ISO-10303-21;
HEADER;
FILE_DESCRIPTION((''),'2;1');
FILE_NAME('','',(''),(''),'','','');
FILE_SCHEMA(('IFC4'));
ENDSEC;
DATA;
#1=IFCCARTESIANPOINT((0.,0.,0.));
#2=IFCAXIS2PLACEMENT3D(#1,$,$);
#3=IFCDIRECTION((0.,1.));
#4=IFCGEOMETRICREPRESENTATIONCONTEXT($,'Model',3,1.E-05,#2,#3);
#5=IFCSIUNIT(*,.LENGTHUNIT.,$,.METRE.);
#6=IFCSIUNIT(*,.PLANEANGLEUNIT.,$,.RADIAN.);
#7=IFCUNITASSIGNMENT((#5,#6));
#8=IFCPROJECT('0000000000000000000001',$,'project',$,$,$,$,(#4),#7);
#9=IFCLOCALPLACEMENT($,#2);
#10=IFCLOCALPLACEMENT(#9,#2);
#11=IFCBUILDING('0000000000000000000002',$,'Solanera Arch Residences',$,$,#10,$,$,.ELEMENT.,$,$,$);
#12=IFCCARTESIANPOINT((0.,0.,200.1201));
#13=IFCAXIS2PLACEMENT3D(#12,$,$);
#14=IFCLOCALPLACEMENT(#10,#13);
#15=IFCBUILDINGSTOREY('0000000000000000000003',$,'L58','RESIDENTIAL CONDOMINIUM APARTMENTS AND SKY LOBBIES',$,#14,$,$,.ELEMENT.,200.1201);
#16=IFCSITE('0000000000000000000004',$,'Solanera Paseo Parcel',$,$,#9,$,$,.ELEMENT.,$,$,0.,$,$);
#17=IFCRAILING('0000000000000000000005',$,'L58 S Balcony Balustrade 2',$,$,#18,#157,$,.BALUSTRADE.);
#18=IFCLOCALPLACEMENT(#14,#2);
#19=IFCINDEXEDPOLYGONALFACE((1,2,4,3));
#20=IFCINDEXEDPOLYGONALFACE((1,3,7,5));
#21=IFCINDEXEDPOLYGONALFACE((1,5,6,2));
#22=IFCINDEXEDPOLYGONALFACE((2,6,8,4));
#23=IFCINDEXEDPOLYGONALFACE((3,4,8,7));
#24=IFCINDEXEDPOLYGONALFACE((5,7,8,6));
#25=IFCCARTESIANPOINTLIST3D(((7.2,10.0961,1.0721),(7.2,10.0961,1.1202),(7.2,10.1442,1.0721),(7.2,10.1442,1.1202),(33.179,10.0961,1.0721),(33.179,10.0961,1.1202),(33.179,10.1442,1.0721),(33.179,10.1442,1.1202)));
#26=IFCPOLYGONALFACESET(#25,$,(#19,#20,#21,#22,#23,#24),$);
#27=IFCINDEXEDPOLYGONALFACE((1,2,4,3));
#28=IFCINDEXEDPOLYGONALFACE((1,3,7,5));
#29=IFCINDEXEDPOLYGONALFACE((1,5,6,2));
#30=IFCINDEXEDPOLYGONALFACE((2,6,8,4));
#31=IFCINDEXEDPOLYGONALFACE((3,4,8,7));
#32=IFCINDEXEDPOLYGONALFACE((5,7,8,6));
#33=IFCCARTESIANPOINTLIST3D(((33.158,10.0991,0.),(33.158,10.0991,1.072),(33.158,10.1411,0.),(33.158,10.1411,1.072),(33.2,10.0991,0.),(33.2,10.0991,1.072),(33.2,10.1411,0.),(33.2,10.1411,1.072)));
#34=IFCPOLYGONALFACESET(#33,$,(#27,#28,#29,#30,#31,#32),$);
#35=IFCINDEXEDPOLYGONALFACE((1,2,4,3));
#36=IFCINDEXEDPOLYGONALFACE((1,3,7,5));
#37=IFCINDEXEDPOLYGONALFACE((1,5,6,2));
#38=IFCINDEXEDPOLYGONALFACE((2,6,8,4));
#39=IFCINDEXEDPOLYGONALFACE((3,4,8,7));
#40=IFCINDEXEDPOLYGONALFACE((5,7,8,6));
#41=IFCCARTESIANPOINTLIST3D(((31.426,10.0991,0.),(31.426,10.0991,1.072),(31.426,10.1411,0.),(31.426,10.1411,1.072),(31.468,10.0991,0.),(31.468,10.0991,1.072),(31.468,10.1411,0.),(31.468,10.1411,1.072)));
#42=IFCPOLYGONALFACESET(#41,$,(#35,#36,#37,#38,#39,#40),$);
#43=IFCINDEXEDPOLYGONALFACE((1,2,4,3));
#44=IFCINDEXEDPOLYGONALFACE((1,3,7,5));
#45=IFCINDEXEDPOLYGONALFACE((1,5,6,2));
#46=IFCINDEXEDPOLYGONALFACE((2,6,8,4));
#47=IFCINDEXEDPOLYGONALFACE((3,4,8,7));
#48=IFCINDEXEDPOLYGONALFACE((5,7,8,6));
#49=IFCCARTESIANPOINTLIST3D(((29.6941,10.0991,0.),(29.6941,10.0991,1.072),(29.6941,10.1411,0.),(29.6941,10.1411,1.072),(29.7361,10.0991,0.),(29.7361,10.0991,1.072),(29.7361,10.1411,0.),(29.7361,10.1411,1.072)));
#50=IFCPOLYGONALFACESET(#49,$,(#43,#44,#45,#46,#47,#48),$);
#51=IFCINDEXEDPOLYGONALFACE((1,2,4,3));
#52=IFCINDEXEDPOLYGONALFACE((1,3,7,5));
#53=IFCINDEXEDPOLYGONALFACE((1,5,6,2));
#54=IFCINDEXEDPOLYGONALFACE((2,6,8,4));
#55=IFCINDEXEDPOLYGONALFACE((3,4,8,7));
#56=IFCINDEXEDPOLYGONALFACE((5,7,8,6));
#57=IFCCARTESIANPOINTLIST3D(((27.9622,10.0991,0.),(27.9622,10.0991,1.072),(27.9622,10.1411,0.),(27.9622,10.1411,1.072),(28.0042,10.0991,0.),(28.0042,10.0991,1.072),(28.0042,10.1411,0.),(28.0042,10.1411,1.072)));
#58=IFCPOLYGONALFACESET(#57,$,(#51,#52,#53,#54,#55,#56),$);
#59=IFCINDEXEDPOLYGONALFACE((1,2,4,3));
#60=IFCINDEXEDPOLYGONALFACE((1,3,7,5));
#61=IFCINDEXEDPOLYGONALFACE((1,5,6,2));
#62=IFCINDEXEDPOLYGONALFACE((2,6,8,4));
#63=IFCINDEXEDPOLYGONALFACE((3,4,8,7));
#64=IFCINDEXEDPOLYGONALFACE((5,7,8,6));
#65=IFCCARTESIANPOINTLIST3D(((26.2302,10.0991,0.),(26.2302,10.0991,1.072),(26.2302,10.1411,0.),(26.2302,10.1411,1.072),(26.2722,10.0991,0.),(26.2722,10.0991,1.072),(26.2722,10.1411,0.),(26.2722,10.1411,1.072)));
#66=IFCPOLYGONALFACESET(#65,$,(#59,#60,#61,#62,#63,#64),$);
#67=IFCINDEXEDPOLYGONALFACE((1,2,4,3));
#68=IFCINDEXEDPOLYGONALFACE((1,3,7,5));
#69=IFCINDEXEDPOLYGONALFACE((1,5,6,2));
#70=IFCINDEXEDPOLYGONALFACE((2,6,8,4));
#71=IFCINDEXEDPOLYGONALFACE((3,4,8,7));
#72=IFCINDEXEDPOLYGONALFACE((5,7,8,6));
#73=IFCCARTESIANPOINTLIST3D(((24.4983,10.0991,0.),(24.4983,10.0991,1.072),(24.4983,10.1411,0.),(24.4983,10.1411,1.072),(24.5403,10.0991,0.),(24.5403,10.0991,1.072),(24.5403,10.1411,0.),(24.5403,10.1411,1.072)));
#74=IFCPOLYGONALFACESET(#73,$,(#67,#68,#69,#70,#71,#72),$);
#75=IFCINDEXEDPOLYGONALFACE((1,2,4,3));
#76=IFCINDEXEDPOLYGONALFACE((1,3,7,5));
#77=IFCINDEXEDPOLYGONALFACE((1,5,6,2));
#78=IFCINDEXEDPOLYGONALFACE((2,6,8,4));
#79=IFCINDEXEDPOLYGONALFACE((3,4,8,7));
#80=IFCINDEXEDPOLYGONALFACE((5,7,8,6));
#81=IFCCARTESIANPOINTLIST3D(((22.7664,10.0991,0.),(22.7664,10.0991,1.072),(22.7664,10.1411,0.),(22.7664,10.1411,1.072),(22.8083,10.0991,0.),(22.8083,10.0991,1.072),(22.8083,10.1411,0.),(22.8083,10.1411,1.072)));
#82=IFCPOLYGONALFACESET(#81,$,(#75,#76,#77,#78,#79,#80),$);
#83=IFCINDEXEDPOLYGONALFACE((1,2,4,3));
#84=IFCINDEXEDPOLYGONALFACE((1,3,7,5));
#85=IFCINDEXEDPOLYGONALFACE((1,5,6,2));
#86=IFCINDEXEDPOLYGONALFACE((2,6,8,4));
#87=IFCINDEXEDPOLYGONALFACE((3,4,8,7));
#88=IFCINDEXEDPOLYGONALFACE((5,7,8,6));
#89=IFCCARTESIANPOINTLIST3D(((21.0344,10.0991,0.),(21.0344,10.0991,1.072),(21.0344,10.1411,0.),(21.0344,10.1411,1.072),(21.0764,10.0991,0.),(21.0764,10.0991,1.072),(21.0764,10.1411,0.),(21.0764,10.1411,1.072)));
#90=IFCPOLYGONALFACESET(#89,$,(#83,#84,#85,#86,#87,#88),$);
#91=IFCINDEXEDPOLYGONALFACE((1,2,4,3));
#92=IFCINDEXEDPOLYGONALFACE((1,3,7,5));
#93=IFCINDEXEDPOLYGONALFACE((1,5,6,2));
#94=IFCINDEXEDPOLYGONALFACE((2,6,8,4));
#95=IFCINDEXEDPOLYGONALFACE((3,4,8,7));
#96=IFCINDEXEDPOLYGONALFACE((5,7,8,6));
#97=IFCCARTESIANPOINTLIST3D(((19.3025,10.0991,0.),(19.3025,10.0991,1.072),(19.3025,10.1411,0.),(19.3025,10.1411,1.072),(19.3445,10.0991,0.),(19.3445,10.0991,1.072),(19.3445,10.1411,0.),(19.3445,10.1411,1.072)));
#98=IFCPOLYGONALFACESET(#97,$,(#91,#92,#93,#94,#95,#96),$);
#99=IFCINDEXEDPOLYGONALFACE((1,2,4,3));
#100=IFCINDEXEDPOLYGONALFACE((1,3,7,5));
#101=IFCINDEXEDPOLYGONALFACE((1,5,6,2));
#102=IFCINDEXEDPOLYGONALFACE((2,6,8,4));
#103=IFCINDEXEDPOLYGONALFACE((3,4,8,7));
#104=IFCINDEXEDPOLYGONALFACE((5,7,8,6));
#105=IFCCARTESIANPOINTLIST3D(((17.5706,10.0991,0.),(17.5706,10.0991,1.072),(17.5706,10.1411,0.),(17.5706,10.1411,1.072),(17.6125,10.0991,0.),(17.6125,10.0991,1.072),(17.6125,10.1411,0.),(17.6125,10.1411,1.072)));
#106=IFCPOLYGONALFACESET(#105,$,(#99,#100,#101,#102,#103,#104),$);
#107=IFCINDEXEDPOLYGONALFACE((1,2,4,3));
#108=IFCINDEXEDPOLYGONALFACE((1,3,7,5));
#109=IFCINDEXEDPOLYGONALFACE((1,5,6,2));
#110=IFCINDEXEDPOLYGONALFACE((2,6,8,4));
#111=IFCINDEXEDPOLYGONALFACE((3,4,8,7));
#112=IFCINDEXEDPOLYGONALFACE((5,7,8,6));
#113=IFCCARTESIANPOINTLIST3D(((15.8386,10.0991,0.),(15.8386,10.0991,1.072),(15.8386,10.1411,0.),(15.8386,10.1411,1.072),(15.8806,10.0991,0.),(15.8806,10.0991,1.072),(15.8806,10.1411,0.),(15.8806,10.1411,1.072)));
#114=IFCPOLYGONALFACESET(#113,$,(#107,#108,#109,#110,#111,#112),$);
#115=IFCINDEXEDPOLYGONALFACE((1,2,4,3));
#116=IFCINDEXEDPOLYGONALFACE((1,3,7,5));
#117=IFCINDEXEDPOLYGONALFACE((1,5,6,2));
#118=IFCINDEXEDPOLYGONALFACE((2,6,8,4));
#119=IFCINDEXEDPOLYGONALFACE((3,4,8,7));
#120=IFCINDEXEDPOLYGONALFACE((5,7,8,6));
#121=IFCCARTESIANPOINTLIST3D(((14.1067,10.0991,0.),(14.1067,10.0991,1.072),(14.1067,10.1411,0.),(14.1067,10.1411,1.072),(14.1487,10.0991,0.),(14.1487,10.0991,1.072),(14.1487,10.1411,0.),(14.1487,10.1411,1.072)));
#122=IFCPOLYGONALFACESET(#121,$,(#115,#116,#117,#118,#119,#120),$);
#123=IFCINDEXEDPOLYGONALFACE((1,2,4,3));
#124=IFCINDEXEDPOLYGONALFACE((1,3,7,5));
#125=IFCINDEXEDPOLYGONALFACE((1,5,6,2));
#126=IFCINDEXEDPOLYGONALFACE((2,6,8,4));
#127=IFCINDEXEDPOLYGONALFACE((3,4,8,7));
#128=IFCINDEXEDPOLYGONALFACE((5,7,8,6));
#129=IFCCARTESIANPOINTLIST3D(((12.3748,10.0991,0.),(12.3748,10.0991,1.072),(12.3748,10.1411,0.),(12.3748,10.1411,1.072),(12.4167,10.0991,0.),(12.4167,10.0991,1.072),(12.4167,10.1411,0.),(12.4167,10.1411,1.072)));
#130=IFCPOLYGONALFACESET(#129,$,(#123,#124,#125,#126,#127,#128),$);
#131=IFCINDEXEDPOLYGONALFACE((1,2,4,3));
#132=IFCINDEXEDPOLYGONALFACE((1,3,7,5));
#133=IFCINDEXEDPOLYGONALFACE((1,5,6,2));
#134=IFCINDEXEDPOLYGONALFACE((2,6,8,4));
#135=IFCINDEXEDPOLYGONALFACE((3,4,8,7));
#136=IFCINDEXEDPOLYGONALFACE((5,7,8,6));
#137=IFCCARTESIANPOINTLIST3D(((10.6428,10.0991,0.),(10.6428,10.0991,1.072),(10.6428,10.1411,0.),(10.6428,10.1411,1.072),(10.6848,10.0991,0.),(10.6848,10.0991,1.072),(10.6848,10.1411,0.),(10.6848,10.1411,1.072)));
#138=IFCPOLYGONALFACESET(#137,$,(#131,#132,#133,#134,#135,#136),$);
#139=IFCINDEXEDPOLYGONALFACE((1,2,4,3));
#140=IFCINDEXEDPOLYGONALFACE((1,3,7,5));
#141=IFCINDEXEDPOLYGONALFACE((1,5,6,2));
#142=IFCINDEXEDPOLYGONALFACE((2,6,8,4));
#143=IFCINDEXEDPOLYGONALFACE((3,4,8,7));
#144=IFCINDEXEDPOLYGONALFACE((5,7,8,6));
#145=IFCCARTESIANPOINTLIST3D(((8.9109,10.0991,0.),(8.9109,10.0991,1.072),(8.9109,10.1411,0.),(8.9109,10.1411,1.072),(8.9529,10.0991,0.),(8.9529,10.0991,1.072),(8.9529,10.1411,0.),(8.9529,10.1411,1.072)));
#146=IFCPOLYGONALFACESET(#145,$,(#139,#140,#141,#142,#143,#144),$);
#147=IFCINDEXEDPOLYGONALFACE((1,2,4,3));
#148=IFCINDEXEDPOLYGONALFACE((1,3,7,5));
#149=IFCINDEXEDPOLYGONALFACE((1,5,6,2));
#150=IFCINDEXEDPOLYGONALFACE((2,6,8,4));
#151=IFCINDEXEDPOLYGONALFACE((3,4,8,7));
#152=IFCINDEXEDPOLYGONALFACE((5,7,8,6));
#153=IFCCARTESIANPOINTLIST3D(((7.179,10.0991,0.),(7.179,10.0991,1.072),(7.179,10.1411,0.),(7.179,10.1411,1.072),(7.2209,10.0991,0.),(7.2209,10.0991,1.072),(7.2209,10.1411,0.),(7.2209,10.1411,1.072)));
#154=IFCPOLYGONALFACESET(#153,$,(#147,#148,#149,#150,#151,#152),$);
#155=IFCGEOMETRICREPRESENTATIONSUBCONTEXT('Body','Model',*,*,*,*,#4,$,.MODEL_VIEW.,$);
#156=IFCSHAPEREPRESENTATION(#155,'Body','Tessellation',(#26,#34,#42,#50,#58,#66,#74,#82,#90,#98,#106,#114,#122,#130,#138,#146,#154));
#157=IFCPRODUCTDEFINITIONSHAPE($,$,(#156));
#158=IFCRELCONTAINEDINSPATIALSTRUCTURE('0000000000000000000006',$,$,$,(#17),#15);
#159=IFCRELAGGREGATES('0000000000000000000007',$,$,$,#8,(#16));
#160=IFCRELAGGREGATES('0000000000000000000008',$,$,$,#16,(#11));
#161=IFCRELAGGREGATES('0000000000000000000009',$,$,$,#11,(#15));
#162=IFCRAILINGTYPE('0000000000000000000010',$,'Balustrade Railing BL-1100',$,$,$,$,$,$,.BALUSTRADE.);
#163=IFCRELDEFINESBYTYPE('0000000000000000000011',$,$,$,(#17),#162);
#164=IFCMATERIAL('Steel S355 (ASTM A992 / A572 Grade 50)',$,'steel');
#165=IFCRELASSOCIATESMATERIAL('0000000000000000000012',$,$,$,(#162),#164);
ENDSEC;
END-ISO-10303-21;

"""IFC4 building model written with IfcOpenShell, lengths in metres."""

from ifc_helpers import new_model, si_unit, direction, frame, origin, origin_2d, place, context, subcontext, project, spatial, rectangle, extrude, material, type_object, element, save


model = new_model("IFC4")

# Units and contexts
model_context = context("Model", 3, precision=1e-05, world=origin(), true_north=direction((0.0, 1.0)))
body_context = subcontext(model_context, "Body", "Model", "MODEL_VIEW")
ifc_project = project(units=[si_unit("LENGTHUNIT", "METRE"), si_unit("PLANEANGLEUNIT", "RADIAN")], contexts=[model_context])

# Site, building, storey
site_placement = place(None, origin())
site = spatial("IfcSite", under=ifc_project, at=site_placement, Name="Solanera Paseo Parcel", CompositionType="ELEMENT", RefElevation=0.0)
building_placement = place(site_placement, origin())
building = spatial("IfcBuilding", under=site, at=building_placement, Name="Solanera Arch Residences", CompositionType="ELEMENT")
storey_placement = place(building_placement, frame((0.0, 0.0, 200.1201)))
storey = spatial("IfcBuildingStorey", under=building, at=storey_placement, Name="L58", Description="RESIDENTIAL CONDOMINIUM APARTMENTS AND SKY LOBBIES", CompositionType="ELEMENT", Elevation=200.1201)

# Railing
ifc_material_1 = material(Name="Steel S355 (ASTM A992 / A572 Grade 50)", Category="steel")
railing_type = type_object("IfcRailingType", Name="Balustrade Railing BL-1100", PredefinedType="BALUSTRADE", material=ifc_material_1)
railing_placement = place(storey_placement, frame((33.179, 10.1201, 0.0)))
element("IfcRailing", 1, at=railing_placement, inside=storey, type_object=railing_type, Name="L58 S Balcony Balustrade 2", PredefinedType="BALUSTRADE", context=body_context, shape_type="SweptSolid", body=[
    extrude(rectangle(XDim=0.0481, YDim=0.0481, at=origin_2d()), frame((0.0, 0.0, 1.0962), z_axis=(-1.0, 0.0, 0.0), x_axis=(0.0, -1.0, 0.0)), (0.0, 0.0, 1.0), 25.979),
    extrude(rectangle(XDim=0.042, YDim=0.042, at=origin_2d()), origin(), (0.0, 0.0, 1.0), 1.072),
    extrude(rectangle(XDim=0.042, YDim=0.042, at=origin_2d()), frame((-1.7319, 0.0, 0.0)), (0.0, 0.0, 1.0), 1.072),
    extrude(rectangle(XDim=0.042, YDim=0.042, at=origin_2d()), frame((-3.4639, 0.0, 0.0)), (0.0, 0.0, 1.0), 1.072),
    extrude(rectangle(XDim=0.042, YDim=0.042, at=origin_2d()), frame((-5.1958, 0.0, 0.0)), (0.0, 0.0, 1.0), 1.072),
    extrude(rectangle(XDim=0.042, YDim=0.042, at=origin_2d()), frame((-6.9277, 0.0, 0.0)), (0.0, 0.0, 1.0), 1.072),
    extrude(rectangle(XDim=0.042, YDim=0.042, at=origin_2d()), frame((-8.6597, 0.0, 0.0)), (0.0, 0.0, 1.0), 1.072),
    extrude(rectangle(XDim=0.042, YDim=0.042, at=origin_2d()), frame((-10.3916, 0.0, 0.0)), (0.0, 0.0, 1.0), 1.072),
    extrude(rectangle(XDim=0.042, YDim=0.042, at=origin_2d()), frame((-12.1235, 0.0, 0.0)), (0.0, 0.0, 1.0), 1.072),
    extrude(rectangle(XDim=0.042, YDim=0.042, at=origin_2d()), frame((-13.8555, 0.0, 0.0)), (0.0, 0.0, 1.0), 1.072),
    extrude(rectangle(XDim=0.042, YDim=0.042, at=origin_2d()), frame((-15.5874, 0.0, 0.0)), (0.0, 0.0, 1.0), 1.072),
    extrude(rectangle(XDim=0.042, YDim=0.042, at=origin_2d()), frame((-17.3193, 0.0, 0.0)), (0.0, 0.0, 1.0), 1.072),
    extrude(rectangle(XDim=0.042, YDim=0.042, at=origin_2d()), frame((-19.0513, 0.0, 0.0)), (0.0, 0.0, 1.0), 1.072),
    extrude(rectangle(XDim=0.042, YDim=0.042, at=origin_2d()), frame((-20.7832, 0.0, 0.0)), (0.0, 0.0, 1.0), 1.072),
    extrude(rectangle(XDim=0.042, YDim=0.042, at=origin_2d()), frame((-22.5151, 0.0, 0.0)), (0.0, 0.0, 1.0), 1.072),
    extrude(rectangle(XDim=0.042, YDim=0.042, at=origin_2d()), frame((-24.2471, 0.0, 0.0)), (0.0, 0.0, 1.0), 1.072),
    extrude(rectangle(XDim=0.042, YDim=0.042, at=origin_2d()), frame((-25.979, 0.0, 0.0)), (0.0, 0.0, 1.0), 1.072),
])

save(model, "model.ifc")
